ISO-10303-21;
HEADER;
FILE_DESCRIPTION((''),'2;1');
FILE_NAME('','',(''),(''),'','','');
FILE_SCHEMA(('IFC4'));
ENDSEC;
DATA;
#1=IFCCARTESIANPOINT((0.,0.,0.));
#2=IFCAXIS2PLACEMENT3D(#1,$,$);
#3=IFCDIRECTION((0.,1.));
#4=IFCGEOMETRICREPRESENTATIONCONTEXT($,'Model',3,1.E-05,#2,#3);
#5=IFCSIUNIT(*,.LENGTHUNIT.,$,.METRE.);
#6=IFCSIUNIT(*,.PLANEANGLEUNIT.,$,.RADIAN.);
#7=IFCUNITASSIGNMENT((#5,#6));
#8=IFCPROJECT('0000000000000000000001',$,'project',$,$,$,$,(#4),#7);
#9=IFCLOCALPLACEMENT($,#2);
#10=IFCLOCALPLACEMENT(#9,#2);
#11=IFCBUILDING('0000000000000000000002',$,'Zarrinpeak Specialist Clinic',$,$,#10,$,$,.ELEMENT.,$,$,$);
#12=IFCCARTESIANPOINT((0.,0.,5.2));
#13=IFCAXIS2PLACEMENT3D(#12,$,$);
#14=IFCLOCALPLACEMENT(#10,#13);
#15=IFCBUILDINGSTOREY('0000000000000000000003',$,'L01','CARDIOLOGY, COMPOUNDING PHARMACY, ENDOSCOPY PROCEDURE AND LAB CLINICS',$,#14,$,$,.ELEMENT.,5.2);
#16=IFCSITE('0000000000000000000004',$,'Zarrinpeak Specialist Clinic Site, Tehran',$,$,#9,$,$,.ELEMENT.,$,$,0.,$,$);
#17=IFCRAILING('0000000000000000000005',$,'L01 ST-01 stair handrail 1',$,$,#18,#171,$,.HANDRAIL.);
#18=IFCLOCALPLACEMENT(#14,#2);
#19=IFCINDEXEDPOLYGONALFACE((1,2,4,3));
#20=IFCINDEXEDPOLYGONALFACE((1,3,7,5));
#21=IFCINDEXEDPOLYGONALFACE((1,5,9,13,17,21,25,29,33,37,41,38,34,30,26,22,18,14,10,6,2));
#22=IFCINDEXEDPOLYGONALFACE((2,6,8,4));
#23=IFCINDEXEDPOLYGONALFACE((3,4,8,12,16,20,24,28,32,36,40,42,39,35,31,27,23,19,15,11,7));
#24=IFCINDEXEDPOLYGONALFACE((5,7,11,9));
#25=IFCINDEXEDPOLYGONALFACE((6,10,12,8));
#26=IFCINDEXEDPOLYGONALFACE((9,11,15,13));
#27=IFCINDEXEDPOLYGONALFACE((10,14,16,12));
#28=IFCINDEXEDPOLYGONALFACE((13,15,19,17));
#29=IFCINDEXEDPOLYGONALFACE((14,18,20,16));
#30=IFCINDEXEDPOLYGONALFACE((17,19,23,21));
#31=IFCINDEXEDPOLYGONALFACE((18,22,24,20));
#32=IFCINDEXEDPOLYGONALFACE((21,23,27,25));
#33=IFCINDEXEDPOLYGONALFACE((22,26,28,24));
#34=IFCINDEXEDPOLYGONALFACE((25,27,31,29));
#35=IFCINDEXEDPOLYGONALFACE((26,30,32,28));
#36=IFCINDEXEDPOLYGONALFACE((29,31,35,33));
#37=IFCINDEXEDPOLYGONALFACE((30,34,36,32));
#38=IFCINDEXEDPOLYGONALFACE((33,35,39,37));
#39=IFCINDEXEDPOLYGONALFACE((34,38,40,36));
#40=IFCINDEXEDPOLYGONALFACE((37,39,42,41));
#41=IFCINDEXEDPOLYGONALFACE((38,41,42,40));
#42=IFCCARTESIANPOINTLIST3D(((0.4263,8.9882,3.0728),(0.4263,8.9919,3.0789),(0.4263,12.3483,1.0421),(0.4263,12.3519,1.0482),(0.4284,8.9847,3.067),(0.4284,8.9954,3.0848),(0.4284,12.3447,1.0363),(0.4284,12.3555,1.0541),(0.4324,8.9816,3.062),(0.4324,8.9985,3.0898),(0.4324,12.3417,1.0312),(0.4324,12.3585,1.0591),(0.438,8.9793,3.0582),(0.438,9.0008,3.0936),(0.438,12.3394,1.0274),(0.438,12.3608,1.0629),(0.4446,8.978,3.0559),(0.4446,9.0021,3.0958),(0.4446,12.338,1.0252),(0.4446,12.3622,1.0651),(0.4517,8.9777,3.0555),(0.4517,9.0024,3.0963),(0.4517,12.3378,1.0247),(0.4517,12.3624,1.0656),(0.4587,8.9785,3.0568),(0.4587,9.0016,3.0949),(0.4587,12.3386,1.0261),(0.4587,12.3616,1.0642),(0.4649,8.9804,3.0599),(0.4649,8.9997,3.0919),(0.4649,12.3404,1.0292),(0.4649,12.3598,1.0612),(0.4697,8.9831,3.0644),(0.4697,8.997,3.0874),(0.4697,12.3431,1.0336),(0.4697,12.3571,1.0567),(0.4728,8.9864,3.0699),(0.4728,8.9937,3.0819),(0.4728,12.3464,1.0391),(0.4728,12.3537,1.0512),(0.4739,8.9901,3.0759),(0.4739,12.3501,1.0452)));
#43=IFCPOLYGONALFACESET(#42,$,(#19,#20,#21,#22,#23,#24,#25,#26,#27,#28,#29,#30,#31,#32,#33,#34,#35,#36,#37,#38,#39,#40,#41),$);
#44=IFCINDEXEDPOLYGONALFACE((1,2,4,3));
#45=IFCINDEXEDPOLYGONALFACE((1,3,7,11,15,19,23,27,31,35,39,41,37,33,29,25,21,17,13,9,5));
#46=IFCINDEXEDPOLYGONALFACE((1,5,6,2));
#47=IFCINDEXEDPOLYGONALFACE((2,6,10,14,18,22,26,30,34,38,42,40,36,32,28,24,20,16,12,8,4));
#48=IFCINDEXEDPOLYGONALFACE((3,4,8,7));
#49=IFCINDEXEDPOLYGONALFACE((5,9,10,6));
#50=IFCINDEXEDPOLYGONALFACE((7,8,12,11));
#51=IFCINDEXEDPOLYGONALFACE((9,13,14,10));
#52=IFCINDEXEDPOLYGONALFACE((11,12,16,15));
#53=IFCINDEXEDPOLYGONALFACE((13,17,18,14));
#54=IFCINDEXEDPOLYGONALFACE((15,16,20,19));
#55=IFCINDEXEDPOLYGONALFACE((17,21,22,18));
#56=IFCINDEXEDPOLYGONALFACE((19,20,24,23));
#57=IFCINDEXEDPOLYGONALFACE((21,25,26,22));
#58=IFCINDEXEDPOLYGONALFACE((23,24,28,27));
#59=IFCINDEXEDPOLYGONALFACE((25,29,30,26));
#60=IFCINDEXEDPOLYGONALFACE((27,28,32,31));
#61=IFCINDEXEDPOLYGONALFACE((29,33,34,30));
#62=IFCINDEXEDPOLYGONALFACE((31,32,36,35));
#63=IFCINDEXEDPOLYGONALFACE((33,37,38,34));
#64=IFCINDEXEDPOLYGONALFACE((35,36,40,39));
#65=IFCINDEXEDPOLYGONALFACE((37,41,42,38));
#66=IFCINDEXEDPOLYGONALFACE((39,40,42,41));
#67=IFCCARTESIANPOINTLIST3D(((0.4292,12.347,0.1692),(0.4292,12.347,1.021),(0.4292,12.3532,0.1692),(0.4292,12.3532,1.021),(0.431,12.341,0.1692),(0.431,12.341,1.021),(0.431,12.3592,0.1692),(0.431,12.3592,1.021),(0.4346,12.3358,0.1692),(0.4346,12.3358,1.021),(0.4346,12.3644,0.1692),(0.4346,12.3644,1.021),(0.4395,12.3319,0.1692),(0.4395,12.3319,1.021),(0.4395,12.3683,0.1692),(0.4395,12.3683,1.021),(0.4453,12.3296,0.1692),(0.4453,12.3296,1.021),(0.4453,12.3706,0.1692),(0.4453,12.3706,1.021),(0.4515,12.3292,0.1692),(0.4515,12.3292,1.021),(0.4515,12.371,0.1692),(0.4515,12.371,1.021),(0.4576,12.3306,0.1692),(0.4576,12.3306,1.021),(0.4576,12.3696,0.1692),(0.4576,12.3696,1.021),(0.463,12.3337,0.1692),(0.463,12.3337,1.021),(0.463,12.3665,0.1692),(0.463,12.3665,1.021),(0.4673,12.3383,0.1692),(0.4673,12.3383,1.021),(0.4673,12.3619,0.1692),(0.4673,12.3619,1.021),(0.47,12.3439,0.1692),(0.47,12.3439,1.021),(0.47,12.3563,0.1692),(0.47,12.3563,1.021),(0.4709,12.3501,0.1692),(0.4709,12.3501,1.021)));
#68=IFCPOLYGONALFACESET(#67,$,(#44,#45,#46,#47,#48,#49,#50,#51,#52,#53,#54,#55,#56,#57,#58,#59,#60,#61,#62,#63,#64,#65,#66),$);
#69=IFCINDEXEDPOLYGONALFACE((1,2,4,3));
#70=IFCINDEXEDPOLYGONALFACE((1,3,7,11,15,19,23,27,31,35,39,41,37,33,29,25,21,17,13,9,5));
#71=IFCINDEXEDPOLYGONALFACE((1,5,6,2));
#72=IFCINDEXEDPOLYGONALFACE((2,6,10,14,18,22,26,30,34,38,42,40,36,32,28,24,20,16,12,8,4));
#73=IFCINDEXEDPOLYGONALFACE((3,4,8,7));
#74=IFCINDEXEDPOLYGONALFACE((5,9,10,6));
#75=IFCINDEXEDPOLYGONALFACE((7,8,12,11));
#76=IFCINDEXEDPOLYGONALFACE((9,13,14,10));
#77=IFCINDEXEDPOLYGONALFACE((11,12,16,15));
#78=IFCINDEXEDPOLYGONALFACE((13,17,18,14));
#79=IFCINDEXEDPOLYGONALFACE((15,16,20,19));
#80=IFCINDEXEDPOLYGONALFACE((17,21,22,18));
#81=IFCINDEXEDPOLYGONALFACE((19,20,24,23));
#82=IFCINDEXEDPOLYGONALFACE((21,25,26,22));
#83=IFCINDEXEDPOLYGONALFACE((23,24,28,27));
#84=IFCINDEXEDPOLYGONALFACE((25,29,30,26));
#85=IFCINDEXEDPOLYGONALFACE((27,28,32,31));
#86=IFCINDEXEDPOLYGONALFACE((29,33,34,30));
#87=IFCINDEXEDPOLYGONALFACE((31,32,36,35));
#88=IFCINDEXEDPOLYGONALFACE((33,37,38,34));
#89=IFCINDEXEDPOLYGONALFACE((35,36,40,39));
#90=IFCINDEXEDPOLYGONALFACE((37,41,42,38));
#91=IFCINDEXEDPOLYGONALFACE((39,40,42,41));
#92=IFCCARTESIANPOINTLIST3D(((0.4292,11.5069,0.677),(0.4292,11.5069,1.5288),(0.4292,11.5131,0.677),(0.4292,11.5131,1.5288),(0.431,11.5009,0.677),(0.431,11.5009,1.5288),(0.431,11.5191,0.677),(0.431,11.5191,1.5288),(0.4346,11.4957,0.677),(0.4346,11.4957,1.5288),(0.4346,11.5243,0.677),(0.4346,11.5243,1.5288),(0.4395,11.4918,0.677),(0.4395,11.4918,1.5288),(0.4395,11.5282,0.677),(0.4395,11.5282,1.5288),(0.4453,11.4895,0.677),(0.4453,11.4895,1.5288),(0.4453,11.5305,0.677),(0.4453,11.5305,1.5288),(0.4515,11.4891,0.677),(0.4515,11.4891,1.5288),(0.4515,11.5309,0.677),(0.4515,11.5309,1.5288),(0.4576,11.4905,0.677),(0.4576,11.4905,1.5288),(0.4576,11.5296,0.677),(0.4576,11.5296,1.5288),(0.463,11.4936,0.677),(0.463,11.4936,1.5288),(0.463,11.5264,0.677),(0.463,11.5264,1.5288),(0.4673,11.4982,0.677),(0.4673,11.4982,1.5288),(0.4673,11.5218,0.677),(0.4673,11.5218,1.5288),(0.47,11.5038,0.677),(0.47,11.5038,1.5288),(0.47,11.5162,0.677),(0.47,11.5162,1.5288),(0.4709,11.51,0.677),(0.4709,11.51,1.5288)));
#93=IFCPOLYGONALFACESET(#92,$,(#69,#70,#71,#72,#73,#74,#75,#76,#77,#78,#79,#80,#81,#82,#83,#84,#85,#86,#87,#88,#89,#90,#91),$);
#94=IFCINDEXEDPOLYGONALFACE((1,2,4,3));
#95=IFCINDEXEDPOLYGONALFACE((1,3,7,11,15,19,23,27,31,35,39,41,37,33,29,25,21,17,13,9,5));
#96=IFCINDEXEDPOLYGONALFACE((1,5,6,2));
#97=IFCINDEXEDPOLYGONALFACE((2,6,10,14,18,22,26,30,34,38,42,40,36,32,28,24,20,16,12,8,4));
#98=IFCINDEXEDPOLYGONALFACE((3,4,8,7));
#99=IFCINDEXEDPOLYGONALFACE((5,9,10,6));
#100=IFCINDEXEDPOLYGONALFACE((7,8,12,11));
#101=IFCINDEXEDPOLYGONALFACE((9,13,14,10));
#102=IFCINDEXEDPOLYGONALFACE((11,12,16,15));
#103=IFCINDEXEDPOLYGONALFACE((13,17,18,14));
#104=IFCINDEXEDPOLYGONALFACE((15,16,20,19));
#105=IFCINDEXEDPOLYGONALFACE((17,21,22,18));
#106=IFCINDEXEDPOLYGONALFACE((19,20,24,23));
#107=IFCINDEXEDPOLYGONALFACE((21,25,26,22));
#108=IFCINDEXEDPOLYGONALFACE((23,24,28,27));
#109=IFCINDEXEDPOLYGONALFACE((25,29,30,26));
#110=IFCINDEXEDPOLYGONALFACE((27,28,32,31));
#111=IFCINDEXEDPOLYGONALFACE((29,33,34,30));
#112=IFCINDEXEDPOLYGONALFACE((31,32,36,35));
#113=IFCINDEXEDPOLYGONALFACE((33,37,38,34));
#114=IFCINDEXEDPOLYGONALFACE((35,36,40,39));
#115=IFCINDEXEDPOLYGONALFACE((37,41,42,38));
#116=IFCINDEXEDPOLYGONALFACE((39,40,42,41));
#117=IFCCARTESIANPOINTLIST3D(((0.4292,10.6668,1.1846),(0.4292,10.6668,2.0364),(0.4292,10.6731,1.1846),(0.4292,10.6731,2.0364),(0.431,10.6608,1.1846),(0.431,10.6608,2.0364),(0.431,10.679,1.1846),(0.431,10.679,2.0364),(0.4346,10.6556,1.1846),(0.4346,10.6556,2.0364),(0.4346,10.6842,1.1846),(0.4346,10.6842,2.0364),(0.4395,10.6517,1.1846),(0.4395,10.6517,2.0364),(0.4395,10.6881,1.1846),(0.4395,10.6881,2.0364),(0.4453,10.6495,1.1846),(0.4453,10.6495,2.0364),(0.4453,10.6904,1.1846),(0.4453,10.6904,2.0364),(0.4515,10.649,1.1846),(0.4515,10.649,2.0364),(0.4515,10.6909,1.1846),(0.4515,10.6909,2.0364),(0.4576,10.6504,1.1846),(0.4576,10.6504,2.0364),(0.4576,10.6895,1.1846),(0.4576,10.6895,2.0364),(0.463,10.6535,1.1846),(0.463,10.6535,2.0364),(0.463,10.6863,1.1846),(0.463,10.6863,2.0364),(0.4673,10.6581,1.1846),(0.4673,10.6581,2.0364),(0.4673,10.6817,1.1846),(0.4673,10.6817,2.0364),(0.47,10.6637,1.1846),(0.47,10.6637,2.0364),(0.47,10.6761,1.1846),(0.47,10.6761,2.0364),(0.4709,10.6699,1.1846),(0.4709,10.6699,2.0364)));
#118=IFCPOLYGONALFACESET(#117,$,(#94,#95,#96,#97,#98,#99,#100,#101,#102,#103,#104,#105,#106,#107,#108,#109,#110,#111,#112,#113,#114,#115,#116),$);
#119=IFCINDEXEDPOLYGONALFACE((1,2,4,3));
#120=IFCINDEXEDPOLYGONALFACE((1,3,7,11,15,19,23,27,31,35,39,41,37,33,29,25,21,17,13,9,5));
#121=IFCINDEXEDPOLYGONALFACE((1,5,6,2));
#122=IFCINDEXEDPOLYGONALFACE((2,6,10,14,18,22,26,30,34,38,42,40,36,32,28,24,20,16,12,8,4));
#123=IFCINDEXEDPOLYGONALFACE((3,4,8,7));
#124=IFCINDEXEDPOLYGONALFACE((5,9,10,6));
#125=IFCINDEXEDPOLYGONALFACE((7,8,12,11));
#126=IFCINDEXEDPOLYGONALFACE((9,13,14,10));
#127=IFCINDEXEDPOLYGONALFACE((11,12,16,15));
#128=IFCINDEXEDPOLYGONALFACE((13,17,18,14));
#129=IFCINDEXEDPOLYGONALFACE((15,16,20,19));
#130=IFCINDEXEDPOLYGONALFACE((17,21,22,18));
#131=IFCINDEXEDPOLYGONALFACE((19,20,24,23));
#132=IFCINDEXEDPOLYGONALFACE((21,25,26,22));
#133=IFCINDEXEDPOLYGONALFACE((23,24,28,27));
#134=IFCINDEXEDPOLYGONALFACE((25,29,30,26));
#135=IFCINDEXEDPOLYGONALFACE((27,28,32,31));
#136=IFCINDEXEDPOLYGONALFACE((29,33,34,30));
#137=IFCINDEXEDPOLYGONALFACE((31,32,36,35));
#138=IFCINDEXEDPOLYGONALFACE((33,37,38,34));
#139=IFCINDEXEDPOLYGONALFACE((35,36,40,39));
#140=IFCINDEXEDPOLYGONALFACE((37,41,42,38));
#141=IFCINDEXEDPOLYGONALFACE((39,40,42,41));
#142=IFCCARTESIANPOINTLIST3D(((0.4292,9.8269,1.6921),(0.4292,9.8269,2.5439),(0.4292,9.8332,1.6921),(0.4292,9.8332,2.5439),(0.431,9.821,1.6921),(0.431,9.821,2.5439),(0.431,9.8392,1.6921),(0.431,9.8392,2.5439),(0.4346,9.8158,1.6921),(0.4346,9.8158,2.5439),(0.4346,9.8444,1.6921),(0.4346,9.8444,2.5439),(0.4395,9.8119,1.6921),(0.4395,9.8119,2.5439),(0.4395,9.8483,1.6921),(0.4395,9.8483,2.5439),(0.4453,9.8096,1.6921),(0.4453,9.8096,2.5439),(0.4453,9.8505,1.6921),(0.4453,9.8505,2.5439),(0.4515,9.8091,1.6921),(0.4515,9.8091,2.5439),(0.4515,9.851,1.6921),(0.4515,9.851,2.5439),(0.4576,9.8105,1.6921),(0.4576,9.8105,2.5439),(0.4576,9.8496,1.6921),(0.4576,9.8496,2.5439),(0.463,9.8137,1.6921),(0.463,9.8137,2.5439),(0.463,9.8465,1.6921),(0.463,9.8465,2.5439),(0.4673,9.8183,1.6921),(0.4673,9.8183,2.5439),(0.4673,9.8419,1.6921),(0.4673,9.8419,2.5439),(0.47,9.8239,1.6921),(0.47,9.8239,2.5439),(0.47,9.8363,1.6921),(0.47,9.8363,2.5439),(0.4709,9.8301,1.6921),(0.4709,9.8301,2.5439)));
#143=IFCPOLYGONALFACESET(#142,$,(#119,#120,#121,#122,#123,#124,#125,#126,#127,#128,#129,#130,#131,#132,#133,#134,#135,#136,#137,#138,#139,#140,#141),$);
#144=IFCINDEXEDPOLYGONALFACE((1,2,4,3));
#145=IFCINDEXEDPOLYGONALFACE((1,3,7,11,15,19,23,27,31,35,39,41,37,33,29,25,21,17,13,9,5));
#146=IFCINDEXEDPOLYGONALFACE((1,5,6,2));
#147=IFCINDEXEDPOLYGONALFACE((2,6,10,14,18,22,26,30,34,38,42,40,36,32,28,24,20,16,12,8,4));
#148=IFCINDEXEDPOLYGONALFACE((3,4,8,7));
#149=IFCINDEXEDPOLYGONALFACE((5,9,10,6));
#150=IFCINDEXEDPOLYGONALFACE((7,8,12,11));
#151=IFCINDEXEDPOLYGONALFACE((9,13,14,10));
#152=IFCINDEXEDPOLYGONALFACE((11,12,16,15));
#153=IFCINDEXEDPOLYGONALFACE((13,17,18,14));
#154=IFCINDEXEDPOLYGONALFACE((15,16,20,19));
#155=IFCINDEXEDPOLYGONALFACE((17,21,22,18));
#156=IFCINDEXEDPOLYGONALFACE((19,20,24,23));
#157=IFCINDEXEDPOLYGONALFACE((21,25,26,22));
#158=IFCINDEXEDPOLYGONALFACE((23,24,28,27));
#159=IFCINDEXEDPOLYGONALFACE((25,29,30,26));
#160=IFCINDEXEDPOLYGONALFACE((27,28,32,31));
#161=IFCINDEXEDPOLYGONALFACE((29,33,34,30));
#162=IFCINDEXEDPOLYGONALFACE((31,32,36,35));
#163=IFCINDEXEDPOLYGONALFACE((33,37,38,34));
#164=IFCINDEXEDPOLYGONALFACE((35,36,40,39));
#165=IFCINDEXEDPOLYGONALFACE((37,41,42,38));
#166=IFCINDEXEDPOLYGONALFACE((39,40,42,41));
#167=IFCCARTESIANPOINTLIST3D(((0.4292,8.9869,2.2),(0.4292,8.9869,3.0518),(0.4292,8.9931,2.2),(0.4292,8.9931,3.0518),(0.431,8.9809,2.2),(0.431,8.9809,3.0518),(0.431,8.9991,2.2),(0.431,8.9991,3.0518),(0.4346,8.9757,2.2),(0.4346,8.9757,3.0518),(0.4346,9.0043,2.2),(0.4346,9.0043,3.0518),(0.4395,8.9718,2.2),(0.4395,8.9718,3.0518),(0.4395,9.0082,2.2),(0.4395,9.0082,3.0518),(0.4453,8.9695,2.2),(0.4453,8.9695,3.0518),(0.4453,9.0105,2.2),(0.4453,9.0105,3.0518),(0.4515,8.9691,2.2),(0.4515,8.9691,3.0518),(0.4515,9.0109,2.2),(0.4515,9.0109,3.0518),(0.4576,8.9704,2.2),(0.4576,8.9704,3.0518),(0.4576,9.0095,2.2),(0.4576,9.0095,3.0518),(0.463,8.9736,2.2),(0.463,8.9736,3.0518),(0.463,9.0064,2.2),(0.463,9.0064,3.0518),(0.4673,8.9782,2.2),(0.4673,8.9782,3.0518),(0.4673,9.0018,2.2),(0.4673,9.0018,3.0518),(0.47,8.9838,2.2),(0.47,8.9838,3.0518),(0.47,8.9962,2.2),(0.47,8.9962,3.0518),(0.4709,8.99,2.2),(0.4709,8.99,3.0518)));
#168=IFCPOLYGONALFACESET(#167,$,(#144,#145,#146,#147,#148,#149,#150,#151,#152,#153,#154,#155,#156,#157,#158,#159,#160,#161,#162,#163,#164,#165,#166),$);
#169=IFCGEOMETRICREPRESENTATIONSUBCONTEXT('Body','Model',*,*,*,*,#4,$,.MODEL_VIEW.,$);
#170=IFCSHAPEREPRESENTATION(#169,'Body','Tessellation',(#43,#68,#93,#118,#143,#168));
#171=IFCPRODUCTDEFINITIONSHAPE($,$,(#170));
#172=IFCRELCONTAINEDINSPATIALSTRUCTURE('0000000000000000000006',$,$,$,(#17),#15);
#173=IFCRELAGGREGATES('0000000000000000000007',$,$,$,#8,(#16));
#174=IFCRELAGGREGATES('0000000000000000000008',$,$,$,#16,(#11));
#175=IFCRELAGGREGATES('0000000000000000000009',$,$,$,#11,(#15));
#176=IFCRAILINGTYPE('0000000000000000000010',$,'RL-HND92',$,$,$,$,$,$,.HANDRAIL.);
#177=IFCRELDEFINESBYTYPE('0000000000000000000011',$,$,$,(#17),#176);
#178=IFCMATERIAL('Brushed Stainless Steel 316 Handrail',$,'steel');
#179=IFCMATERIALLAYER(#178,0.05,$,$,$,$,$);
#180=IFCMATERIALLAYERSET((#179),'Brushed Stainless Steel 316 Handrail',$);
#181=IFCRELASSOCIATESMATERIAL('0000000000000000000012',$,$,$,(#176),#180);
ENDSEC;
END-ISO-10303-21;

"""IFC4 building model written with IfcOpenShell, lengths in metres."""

from ifc_helpers import new_model, si_unit, direction, frame, origin, origin_2d, place, context, subcontext, project, spatial, circle, extrude, material, layer, layer_set, type_object, element, save


model = new_model("IFC4")

# Units and contexts
model_context = context("Model", 3, precision=1e-05, world=origin(), true_north=direction((0.0, 1.0)))
body_context = subcontext(model_context, "Body", "Model", "MODEL_VIEW")
ifc_project = project(units=[si_unit("LENGTHUNIT", "METRE"), si_unit("PLANEANGLEUNIT", "RADIAN")], contexts=[model_context])

# Site, building, storey
site_placement = place(None, origin())
site = spatial("IfcSite", under=ifc_project, at=site_placement, Name="Zarrinpeak Specialist Clinic Site, Tehran", CompositionType="ELEMENT", RefElevation=0.0)
building_placement = place(site_placement, origin())
building = spatial("IfcBuilding", under=site, at=building_placement, Name="Zarrinpeak Specialist Clinic", CompositionType="ELEMENT")
storey_placement = place(building_placement, frame((0.0, 0.0, 5.2)))
storey = spatial("IfcBuildingStorey", under=building, at=storey_placement, Name="L01", Description="CARDIOLOGY, COMPOUNDING PHARMACY, ENDOSCOPY PROCEDURE AND LAB CLINICS", CompositionType="ELEMENT", Elevation=5.2)

# Railing
ifc_material_1 = material(Name="Brushed Stainless Steel 316 Handrail", Category="steel")
ifc_layer_1 = layer(ifc_material_1, 0.05)
ifc_layer_set_1 = layer_set([ifc_layer_1], Name="Brushed Stainless Steel 316 Handrail")
railing_type_1 = type_object("IfcRailingType", Name="RL-HND92", PredefinedType="HANDRAIL", material=ifc_layer_set_1)
railing_1_placement = place(storey_placement, frame((0.45, 12.3501, 0.1692)))
element("IfcRailing", 1, at=railing_1_placement, inside=storey, type_object=railing_type_1, Name="L01 ST-01 stair handrail 1", PredefinedType="HANDRAIL", context=body_context, shape_type="SweptSolid", body=[
    extrude(circle(Radius=0.0239, at=origin_2d()), frame((0.0, 0.0, 0.876), z_axis=(0.0, -0.855837, 0.517246), x_axis=(1.0, 0.0, 0.0)), (0.0, 0.0, 1.0), 3.926),
    extrude(circle(Radius=0.021, at=origin_2d()), origin(), (0.0, 0.0, 1.0), 0.8518),
    extrude(circle(Radius=0.021, at=origin_2d()), frame((0.0, -0.8401, 0.5078)), (0.0, 0.0, 1.0), 0.8518),
    extrude(circle(Radius=0.021, at=origin_2d()), frame((0.0, -1.6802, 1.0154)), (0.0, 0.0, 1.0), 0.8518),
    extrude(circle(Radius=0.021, at=origin_2d()), frame((0.0, -2.52, 1.5229)), (0.0, 0.0, 1.0), 0.8518),
    extrude(circle(Radius=0.021, at=origin_2d()), frame((0.0, -3.3601, 2.0308)), (0.0, 0.0, 1.0), 0.8518),
])

save(model, "model.ifc")
